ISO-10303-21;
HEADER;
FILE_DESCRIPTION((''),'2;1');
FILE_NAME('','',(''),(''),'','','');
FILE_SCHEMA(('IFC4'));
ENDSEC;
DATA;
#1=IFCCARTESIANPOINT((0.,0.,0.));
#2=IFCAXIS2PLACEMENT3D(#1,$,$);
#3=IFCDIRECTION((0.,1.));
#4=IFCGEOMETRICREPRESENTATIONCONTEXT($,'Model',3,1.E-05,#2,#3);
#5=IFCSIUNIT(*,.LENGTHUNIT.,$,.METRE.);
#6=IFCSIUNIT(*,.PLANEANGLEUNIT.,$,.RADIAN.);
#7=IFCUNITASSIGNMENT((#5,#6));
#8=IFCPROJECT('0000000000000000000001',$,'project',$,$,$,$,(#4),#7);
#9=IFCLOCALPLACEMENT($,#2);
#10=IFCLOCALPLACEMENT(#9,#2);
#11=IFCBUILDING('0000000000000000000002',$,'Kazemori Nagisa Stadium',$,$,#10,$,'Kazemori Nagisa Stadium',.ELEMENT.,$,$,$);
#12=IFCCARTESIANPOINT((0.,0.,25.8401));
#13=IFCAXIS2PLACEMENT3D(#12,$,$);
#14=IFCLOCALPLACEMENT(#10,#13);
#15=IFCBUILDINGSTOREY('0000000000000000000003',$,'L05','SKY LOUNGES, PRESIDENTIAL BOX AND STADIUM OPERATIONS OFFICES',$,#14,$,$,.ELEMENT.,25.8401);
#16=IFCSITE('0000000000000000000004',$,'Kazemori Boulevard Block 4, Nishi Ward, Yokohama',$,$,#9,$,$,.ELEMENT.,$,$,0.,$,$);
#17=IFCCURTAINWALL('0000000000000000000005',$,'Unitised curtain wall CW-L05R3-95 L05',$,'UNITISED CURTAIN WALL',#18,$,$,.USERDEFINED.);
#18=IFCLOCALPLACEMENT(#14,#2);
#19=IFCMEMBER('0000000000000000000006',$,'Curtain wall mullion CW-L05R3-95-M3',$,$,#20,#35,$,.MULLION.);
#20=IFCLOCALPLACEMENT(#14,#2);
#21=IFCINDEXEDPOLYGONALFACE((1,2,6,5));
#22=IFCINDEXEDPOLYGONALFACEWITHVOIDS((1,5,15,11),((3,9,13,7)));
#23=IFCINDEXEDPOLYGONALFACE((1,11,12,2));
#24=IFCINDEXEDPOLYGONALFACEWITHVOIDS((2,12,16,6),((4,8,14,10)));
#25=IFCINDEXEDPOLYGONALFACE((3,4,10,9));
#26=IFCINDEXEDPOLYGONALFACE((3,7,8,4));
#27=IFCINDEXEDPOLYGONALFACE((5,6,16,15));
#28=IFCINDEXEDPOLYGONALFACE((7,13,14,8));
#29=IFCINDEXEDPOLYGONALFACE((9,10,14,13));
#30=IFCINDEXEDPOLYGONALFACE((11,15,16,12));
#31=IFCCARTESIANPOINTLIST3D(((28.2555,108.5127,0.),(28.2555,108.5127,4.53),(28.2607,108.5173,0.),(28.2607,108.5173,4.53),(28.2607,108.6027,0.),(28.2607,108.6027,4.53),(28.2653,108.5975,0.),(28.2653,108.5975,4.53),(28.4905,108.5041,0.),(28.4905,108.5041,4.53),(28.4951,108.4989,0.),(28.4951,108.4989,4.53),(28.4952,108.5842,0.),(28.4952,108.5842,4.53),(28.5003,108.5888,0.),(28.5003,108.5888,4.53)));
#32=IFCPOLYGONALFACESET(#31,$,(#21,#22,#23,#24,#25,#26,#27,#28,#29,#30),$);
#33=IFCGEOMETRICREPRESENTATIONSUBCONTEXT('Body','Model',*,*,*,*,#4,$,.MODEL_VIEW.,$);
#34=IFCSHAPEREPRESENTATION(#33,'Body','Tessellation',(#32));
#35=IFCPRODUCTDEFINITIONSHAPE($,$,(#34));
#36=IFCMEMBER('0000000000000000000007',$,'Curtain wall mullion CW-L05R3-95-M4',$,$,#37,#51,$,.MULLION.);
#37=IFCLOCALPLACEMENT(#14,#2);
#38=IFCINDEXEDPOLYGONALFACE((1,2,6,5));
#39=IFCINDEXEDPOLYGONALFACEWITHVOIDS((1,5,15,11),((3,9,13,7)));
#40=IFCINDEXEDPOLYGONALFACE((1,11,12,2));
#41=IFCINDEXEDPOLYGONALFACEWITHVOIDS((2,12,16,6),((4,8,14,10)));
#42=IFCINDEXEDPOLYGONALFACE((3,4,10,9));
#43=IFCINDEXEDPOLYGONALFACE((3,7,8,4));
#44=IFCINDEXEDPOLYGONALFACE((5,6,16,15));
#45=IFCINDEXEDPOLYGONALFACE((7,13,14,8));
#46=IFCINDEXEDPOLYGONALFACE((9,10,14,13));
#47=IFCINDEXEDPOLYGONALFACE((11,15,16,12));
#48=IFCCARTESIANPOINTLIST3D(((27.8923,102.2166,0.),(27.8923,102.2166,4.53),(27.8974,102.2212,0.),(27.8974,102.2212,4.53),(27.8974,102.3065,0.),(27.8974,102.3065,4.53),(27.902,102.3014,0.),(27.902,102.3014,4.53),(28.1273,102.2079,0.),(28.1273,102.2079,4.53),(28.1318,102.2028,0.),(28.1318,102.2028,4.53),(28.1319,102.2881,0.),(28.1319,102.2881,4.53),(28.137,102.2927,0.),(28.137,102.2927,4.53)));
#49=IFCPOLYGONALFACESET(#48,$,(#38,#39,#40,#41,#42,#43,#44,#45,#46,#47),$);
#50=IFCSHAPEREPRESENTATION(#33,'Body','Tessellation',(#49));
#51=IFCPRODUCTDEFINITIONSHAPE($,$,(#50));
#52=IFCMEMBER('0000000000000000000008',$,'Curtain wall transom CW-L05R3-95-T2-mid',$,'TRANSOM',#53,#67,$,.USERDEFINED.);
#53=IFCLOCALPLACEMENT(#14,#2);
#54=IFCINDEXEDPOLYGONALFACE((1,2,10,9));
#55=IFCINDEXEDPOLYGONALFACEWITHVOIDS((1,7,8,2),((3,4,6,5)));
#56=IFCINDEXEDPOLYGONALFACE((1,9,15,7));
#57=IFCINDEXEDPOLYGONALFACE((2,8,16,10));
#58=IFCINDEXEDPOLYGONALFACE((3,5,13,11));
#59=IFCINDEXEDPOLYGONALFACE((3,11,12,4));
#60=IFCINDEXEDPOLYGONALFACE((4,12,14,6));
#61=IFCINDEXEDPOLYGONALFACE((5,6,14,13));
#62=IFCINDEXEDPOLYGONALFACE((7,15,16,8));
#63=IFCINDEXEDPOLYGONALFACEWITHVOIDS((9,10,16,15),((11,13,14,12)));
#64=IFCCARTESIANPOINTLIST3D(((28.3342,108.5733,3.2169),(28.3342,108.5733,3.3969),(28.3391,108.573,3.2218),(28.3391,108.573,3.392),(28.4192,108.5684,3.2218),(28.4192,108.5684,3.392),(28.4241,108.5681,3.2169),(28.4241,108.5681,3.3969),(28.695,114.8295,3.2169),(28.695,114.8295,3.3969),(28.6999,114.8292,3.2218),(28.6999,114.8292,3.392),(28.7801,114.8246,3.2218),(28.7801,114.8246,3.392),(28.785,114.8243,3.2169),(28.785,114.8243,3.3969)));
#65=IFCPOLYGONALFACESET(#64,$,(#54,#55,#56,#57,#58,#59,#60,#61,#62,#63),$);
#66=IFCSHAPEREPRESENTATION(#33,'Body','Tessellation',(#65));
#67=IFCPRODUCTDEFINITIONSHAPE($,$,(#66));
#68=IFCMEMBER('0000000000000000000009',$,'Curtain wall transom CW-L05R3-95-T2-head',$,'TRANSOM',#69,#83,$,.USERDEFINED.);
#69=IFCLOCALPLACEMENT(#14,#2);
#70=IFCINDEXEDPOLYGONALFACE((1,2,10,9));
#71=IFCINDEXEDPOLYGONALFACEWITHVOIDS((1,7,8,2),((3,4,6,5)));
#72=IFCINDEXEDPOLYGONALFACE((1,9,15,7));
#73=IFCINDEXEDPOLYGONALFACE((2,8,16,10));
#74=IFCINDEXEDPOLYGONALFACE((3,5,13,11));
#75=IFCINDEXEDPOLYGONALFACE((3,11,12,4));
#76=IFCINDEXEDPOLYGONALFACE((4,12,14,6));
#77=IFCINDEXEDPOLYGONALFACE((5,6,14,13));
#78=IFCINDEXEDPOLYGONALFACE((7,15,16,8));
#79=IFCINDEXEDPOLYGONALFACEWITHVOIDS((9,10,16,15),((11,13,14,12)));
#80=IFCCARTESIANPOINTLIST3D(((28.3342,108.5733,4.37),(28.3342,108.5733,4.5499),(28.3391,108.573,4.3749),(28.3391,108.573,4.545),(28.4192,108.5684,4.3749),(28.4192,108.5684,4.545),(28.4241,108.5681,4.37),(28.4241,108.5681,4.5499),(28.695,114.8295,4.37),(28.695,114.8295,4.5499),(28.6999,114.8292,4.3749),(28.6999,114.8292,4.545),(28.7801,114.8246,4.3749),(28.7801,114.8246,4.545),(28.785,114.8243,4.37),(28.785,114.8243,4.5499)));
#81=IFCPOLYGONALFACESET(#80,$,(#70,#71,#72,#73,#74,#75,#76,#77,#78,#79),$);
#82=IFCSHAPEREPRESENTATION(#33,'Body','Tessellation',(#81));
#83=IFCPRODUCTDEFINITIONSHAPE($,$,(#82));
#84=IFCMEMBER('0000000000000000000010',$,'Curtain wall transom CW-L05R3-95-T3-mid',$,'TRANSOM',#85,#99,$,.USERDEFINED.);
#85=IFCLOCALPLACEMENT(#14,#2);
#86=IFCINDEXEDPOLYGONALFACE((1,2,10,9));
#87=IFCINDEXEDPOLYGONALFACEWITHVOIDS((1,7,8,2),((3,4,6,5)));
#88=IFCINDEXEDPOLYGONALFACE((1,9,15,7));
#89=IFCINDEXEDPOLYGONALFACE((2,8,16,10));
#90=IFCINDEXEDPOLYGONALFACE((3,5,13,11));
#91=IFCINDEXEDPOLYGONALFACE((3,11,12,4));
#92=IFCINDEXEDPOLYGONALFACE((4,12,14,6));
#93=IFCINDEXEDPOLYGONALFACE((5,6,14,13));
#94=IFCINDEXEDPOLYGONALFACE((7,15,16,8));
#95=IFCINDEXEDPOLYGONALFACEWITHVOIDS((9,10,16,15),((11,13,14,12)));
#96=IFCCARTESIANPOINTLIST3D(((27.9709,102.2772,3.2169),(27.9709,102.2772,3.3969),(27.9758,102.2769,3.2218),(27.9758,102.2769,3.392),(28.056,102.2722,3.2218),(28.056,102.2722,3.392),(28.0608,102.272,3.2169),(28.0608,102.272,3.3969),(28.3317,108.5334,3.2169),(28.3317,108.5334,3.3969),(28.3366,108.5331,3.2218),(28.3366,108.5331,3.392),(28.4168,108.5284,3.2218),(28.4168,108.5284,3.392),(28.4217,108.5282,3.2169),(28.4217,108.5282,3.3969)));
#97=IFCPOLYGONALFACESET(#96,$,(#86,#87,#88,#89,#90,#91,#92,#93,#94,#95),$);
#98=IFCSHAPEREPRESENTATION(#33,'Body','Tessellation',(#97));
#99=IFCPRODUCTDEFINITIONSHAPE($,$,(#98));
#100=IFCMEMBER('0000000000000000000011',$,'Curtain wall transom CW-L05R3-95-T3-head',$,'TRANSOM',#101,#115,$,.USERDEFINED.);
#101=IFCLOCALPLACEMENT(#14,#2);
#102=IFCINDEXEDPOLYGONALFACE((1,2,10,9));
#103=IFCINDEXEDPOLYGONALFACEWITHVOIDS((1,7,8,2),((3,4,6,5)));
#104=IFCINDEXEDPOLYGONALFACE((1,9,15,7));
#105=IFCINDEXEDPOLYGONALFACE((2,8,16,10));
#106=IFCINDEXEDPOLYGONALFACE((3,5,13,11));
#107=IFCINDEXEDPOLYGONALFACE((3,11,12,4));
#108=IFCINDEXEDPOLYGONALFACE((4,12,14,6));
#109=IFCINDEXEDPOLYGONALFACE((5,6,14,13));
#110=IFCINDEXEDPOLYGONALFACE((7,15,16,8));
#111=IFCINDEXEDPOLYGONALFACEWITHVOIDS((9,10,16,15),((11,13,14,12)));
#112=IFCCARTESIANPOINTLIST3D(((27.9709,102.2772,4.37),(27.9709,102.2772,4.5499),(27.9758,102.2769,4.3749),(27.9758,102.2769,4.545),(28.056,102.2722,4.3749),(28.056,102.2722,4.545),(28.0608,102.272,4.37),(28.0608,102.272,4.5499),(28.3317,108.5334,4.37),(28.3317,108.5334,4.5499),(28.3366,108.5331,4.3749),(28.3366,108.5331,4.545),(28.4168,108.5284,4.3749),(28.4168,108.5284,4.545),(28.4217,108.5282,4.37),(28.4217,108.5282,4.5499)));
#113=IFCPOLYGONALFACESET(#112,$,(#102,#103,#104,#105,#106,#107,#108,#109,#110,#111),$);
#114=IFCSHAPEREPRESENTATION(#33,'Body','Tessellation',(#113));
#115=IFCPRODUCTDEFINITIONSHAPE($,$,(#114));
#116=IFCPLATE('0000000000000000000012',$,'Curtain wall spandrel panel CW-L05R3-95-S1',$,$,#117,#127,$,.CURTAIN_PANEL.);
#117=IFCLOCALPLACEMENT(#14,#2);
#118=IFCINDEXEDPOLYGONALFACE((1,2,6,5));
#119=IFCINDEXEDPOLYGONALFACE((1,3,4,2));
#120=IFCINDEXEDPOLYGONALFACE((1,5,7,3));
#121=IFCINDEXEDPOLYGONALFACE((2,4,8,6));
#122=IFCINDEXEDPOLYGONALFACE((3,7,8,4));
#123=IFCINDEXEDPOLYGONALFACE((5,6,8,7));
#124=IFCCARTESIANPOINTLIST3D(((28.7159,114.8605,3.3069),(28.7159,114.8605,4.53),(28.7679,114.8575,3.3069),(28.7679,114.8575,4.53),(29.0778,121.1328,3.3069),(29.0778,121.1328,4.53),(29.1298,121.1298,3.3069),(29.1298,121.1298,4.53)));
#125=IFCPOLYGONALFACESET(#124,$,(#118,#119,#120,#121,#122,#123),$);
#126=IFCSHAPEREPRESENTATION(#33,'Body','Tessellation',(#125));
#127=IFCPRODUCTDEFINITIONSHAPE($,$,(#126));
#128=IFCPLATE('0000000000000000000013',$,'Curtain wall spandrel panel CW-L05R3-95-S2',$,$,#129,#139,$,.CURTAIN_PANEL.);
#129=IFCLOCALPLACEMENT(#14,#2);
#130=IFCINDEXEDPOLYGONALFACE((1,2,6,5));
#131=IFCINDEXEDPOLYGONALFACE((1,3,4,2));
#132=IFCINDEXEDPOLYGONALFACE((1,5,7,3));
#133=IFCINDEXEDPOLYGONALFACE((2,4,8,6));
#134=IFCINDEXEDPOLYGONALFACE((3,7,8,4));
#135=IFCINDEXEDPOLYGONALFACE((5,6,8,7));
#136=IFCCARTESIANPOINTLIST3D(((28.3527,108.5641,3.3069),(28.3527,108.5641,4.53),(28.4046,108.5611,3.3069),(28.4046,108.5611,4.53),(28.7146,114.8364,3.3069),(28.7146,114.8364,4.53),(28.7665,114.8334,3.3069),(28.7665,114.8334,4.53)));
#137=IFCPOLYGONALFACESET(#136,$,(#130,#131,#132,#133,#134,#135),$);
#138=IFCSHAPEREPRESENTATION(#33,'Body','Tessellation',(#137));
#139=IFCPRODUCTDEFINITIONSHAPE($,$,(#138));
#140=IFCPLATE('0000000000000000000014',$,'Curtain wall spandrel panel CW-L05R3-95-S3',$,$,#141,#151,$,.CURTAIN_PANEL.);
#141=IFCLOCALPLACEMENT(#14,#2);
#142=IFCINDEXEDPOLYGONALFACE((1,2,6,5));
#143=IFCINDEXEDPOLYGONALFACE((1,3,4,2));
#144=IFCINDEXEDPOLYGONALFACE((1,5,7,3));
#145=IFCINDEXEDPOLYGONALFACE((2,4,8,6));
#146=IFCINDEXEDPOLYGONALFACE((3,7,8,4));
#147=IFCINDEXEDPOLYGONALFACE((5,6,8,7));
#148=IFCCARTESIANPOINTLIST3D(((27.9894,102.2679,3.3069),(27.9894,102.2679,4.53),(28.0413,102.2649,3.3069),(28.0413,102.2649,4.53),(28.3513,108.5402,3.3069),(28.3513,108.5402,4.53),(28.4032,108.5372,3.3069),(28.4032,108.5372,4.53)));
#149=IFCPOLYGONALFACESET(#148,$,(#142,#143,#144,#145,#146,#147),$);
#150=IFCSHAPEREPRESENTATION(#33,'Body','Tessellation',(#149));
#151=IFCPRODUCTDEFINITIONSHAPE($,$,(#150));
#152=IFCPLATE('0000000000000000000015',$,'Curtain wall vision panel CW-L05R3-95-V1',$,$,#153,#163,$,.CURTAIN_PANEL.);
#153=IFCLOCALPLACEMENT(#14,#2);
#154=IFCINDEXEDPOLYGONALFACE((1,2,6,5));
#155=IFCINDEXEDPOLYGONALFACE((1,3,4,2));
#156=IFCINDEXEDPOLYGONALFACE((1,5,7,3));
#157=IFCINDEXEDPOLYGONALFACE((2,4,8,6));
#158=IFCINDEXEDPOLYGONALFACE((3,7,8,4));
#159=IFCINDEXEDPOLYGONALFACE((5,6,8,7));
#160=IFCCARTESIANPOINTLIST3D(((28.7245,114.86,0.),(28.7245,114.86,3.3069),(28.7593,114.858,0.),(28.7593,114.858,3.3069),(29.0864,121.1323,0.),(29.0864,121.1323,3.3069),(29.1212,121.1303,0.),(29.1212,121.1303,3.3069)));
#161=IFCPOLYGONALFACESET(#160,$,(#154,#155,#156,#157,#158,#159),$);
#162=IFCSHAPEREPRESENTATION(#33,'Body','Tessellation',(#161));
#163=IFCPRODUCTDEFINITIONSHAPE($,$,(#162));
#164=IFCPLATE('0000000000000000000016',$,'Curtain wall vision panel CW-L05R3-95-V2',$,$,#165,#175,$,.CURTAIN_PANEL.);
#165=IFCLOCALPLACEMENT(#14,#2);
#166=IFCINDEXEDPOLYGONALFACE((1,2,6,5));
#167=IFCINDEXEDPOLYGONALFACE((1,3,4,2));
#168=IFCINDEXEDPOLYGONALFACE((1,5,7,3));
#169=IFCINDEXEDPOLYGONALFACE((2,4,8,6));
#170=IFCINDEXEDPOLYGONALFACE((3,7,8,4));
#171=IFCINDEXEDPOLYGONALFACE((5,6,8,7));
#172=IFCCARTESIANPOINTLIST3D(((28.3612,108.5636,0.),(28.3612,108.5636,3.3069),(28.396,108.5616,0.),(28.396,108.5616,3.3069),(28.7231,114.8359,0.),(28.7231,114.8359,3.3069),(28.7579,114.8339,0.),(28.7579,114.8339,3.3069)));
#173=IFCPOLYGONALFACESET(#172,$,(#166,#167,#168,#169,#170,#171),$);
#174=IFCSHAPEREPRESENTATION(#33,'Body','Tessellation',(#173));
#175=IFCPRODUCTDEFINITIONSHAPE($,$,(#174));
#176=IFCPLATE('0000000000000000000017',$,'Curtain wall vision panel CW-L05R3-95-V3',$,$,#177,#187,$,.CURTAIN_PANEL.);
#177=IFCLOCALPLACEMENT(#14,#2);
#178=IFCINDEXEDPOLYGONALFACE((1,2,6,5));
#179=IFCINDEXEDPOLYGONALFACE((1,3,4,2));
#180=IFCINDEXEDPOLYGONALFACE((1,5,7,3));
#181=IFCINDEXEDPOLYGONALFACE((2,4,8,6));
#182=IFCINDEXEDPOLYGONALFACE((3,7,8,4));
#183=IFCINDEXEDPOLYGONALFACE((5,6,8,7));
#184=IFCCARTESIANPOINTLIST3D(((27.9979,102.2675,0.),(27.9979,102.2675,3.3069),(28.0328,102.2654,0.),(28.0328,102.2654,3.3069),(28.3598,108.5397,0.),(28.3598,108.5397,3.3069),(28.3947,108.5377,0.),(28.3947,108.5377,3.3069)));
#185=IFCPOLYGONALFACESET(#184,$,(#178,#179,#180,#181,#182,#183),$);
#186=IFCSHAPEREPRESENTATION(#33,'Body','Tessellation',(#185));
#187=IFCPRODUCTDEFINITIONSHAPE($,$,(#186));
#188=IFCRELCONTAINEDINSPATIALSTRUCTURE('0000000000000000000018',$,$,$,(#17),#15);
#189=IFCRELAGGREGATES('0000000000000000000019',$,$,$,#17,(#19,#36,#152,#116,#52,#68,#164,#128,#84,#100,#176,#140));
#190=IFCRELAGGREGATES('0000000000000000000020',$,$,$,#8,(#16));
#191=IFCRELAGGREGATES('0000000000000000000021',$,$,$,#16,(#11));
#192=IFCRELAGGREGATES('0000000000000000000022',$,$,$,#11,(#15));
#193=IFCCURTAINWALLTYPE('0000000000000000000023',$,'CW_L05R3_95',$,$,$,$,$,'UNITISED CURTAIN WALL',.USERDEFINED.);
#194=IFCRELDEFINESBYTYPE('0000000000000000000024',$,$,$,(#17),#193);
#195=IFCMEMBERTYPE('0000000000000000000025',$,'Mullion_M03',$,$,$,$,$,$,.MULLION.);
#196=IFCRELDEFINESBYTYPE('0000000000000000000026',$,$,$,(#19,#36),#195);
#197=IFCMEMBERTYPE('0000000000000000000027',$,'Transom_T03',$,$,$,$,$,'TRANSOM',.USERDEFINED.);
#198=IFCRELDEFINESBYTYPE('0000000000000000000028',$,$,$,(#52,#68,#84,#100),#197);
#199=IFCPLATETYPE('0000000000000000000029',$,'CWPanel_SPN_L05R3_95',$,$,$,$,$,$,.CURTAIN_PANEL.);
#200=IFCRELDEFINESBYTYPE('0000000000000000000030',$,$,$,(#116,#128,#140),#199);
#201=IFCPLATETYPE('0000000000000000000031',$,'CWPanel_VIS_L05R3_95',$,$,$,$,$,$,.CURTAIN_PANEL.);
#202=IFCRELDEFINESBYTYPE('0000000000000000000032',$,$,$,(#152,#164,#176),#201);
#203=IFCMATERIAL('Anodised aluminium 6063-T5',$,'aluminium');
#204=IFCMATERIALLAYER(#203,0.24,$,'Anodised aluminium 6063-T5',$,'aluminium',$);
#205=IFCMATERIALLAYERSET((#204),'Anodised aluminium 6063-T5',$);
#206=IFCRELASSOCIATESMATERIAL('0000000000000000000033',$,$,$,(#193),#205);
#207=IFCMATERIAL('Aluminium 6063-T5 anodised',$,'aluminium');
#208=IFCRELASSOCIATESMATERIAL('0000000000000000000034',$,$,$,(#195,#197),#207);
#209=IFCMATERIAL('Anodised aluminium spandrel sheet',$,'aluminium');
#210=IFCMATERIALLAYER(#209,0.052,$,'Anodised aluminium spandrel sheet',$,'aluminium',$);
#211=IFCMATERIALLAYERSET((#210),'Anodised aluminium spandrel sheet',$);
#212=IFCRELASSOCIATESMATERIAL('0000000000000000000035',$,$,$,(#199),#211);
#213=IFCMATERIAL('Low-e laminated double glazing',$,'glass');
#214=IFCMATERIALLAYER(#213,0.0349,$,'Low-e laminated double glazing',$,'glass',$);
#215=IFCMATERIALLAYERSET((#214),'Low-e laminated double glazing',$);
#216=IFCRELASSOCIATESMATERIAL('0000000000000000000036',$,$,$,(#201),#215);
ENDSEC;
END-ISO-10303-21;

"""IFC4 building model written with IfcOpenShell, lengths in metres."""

from ifc_helpers import new_model, si_unit, direction, frame, origin, origin_2d, place, context, subcontext, project, spatial, rectangle, hollow_rectangle, extrude, material, layer, layer_set, material_profile, profile_set, type_object, element, aggregate, save


model = new_model("IFC4")

# Units and contexts
model_context = context("Model", 3, precision=1e-05, world=origin(), true_north=direction((0.0, 1.0)))
body_context = subcontext(model_context, "Body", "Model", "MODEL_VIEW")
ifc_project = project(units=[si_unit("LENGTHUNIT", "METRE"), si_unit("PLANEANGLEUNIT", "RADIAN")], contexts=[model_context])

# Site, building, storey
site_placement = place(None, origin())
site = spatial("IfcSite", under=ifc_project, at=site_placement, Name="Kazemori Boulevard Block 4, Nishi Ward, Yokohama", CompositionType="ELEMENT", RefElevation=0.0)
building_placement = place(site_placement, origin())
building = spatial("IfcBuilding", under=site, at=building_placement, Name="Kazemori Nagisa Stadium", LongName="Kazemori Nagisa Stadium", CompositionType="ELEMENT")
storey_placement = place(building_placement, frame((0.0, 0.0, 25.8401)))
storey = spatial("IfcBuildingStorey", under=building, at=storey_placement, Name="L05", Description="SKY LOUNGES, PRESIDENTIAL BOX AND STADIUM OPERATIONS OFFICES", CompositionType="ELEMENT", Elevation=25.8401)

# Curtain wall, members, plates
ifc_material_1 = material(Name="Anodised aluminium 6063-T5", Category="aluminium")
ifc_layer_1 = layer(ifc_material_1, 0.24, Name="Anodised aluminium 6063-T5", Category="aluminium")
ifc_layer_set_1 = layer_set([ifc_layer_1], Name="Anodised aluminium 6063-T5")
curtain_wall_type = type_object("IfcCurtainWallType", Name="CW_L05R3_95", ElementType="UNITISED CURTAIN WALL", PredefinedType="USERDEFINED", material=ifc_layer_set_1)
curtain_wall_placement = place(storey_placement, origin())
curtain_wall = element("IfcCurtainWall", 1, at=curtain_wall_placement, inside=storey, type_object=curtain_wall_type, Name="Unitised curtain wall CW-L05R3-95 L05", ObjectType="UNITISED CURTAIN WALL", PredefinedType="USERDEFINED")
ifc_material_2 = material(Name="Aluminium 6063-T5 anodised", Category="aluminium")
ifc_material_profile_1 = material_profile(ifc_material_2, hollow_rectangle(XDim=0.0901, YDim=0.24, WallThickness=0.0049, at=origin_2d()), Name="ALU-MULL-90x240x5")
ifc_profile_set_1 = profile_set([ifc_material_profile_1], Name="Aluminium 6063-T5 anodised")
member_type_1 = type_object("IfcMemberType", Name="Mullion_M03", PredefinedType="MULLION", material=ifc_profile_set_1)
member_1_placement = place(storey_placement, frame((28.3779, 108.5508, 0.0), z_axis=(0.0, 0.0, 1.0), x_axis=(-0.057602, -0.99834, 0.0)))
member_1 = element("IfcMember", 2, at=member_1_placement, type_object=member_type_1, Name="Curtain wall mullion CW-L05R3-95-M3", PredefinedType="MULLION", context=body_context, shape_type="SweptSolid", body=[
    extrude(hollow_rectangle(XDim=0.0901, YDim=0.24, WallThickness=0.0049, at=origin_2d()), origin(), (0.0, 0.0, 1.0), 4.53),
])
member_2_placement = place(storey_placement, frame((28.0146, 102.2546, 0.0), z_axis=(0.0, 0.0, 1.0), x_axis=(-0.057602, -0.99834, 0.0)))
member_2 = element("IfcMember", 3, at=member_2_placement, type_object=member_type_1, Name="Curtain wall mullion CW-L05R3-95-M4", PredefinedType="MULLION", context=body_context, shape_type="SweptSolid", body=[
    extrude(hollow_rectangle(XDim=0.0901, YDim=0.24, WallThickness=0.0049, at=origin_2d()), origin(), (0.0, 0.0, 1.0), 4.53),
])
ifc_material_profile_2 = material_profile(ifc_material_2, hollow_rectangle(XDim=0.0901, YDim=0.1799, WallThickness=0.0049, at=origin_2d()), Name="ALU-TRAN-90x180x5")
ifc_profile_set_2 = profile_set([ifc_material_profile_2], Name="Aluminium 6063-T5 anodised")
member_type_2 = type_object("IfcMemberType", Name="Transom_T03", ElementType="TRANSOM", PredefinedType="USERDEFINED", material=ifc_profile_set_2)
member_3_placement = place(storey_placement, frame((28.74, 114.8269, 3.3069), z_axis=(-0.057582, -0.998341, 0.0), x_axis=(0.998341, -0.057582, 0.0)))
member_3 = element("IfcMember", 4, at=member_3_placement, type_object=member_type_2, Name="Curtain wall transom CW-L05R3-95-T2-mid", ObjectType="TRANSOM", PredefinedType="USERDEFINED", context=body_context, shape_type="SweptSolid", body=[
    extrude(hollow_rectangle(XDim=0.0901, YDim=0.1799, WallThickness=0.0049, at=origin_2d()), origin(), (0.0, 0.0, 1.0), 6.2666),
])
member_4_placement = place(storey_placement, frame((28.74, 114.8269, 4.46), z_axis=(-0.057582, -0.998341, 0.0), x_axis=(0.998341, -0.057582, 0.0)))
member_4 = element("IfcMember", 5, at=member_4_placement, type_object=member_type_2, Name="Curtain wall transom CW-L05R3-95-T2-head", ObjectType="TRANSOM", PredefinedType="USERDEFINED", context=body_context, shape_type="SweptSolid", body=[
    extrude(hollow_rectangle(XDim=0.0901, YDim=0.1799, WallThickness=0.0049, at=origin_2d()), origin(), (0.0, 0.0, 1.0), 6.2666),
])
member_5_placement = place(storey_placement, frame((28.3767, 108.5308, 3.3069), z_axis=(-0.057582, -0.998341, 0.0), x_axis=(0.998341, -0.057582, 0.0)))
member_5 = element("IfcMember", 6, at=member_5_placement, type_object=member_type_2, Name="Curtain wall transom CW-L05R3-95-T3-mid", ObjectType="TRANSOM", PredefinedType="USERDEFINED", context=body_context, shape_type="SweptSolid", body=[
    extrude(hollow_rectangle(XDim=0.0901, YDim=0.1799, WallThickness=0.0049, at=origin_2d()), origin(), (0.0, 0.0, 1.0), 6.2666),
])
member_6_placement = place(storey_placement, frame((28.3767, 108.5308, 4.46), z_axis=(-0.057582, -0.998341, 0.0), x_axis=(0.998341, -0.057582, 0.0)))
member_6 = element("IfcMember", 7, at=member_6_placement, type_object=member_type_2, Name="Curtain wall transom CW-L05R3-95-T3-head", ObjectType="TRANSOM", PredefinedType="USERDEFINED", context=body_context, shape_type="SweptSolid", body=[
    extrude(hollow_rectangle(XDim=0.0901, YDim=0.1799, WallThickness=0.0049, at=origin_2d()), origin(), (0.0, 0.0, 1.0), 6.2666),
])
ifc_material_3 = material(Name="Anodised aluminium spandrel sheet", Category="aluminium")
ifc_layer_2 = layer(ifc_material_3, 0.052, Name="Anodised aluminium spandrel sheet", Category="aluminium")
ifc_layer_set_2 = layer_set([ifc_layer_2], Name="Anodised aluminium spandrel sheet")
plate_type_1 = type_object("IfcPlateType", Name="CWPanel_SPN_L05R3_95", PredefinedType="CURTAIN_PANEL", material=ifc_layer_set_2)
plate_1_placement = place(storey_placement, frame((28.9229, 117.9951, 3.3069), z_axis=(0.0, 0.0, 1.0), x_axis=(-0.057602, -0.99834, 0.0)))
plate_1 = element("IfcPlate", 8, at=plate_1_placement, type_object=plate_type_1, Name="Curtain wall spandrel panel CW-L05R3-95-S1", PredefinedType="CURTAIN_PANEL", context=body_context, shape_type="SweptSolid", body=[
    extrude(rectangle(XDim=6.2827, YDim=0.052, at=origin_2d()), origin(), (0.0, 0.0, 1.0), 1.2231),
])
plate_2_placement = place(storey_placement, frame((28.5596, 111.6987, 3.3069), z_axis=(0.0, 0.0, 1.0), x_axis=(-0.057602, -0.99834, 0.0)))
plate_2 = element("IfcPlate", 9, at=plate_2_placement, type_object=plate_type_1, Name="Curtain wall spandrel panel CW-L05R3-95-S2", PredefinedType="CURTAIN_PANEL", context=body_context, shape_type="SweptSolid", body=[
    extrude(rectangle(XDim=6.2827, YDim=0.052, at=origin_2d()), origin(), (0.0, 0.0, 1.0), 1.2231),
])
plate_3_placement = place(storey_placement, frame((28.1963, 105.4026, 3.3069), z_axis=(0.0, 0.0, 1.0), x_axis=(-0.057602, -0.99834, 0.0)))
plate_3 = element("IfcPlate", 10, at=plate_3_placement, type_object=plate_type_1, Name="Curtain wall spandrel panel CW-L05R3-95-S3", PredefinedType="CURTAIN_PANEL", context=body_context, shape_type="SweptSolid", body=[
    extrude(rectangle(XDim=6.2827, YDim=0.052, at=origin_2d()), origin(), (0.0, 0.0, 1.0), 1.2231),
])
ifc_material_4 = material(Name="Low-e laminated double glazing", Category="glass")
ifc_layer_3 = layer(ifc_material_4, 0.0349, Name="Low-e laminated double glazing", Category="glass")
ifc_layer_set_3 = layer_set([ifc_layer_3], Name="Low-e laminated double glazing")
plate_type_2 = type_object("IfcPlateType", Name="CWPanel_VIS_L05R3_95", PredefinedType="CURTAIN_PANEL", material=ifc_layer_set_3)
plate_4_placement = place(storey_placement, frame((28.9229, 117.9951, 0.0), z_axis=(0.0, 0.0, 1.0), x_axis=(-0.057602, -0.99834, 0.0)))
plate_4 = element("IfcPlate", 11, at=plate_4_placement, type_object=plate_type_2, Name="Curtain wall vision panel CW-L05R3-95-V1", PredefinedType="CURTAIN_PANEL", context=body_context, shape_type="SweptSolid", body=[
    extrude(rectangle(XDim=6.2827, YDim=0.0349, at=origin_2d()), origin(), (0.0, 0.0, 1.0), 3.3069),
])
plate_5_placement = place(storey_placement, frame((28.5596, 111.6987, 0.0), z_axis=(0.0, 0.0, 1.0), x_axis=(-0.057602, -0.99834, 0.0)))
plate_5 = element("IfcPlate", 12, at=plate_5_placement, type_object=plate_type_2, Name="Curtain wall vision panel CW-L05R3-95-V2", PredefinedType="CURTAIN_PANEL", context=body_context, shape_type="SweptSolid", body=[
    extrude(rectangle(XDim=6.2827, YDim=0.0349, at=origin_2d()), origin(), (0.0, 0.0, 1.0), 3.3069),
])
plate_6_placement = place(storey_placement, frame((28.1963, 105.4026, 0.0), z_axis=(0.0, 0.0, 1.0), x_axis=(-0.057602, -0.99834, 0.0)))
plate_6 = element("IfcPlate", 13, at=plate_6_placement, type_object=plate_type_2, Name="Curtain wall vision panel CW-L05R3-95-V3", PredefinedType="CURTAIN_PANEL", context=body_context, shape_type="SweptSolid", body=[
    extrude(rectangle(XDim=6.2827, YDim=0.0349, at=origin_2d()), origin(), (0.0, 0.0, 1.0), 3.3069),
])
aggregate(curtain_wall, [member_1, member_2, plate_4, plate_1, member_3, member_4, plate_5, plate_2, member_5, member_6, plate_6, plate_3])

save(model, "model.ifc")
